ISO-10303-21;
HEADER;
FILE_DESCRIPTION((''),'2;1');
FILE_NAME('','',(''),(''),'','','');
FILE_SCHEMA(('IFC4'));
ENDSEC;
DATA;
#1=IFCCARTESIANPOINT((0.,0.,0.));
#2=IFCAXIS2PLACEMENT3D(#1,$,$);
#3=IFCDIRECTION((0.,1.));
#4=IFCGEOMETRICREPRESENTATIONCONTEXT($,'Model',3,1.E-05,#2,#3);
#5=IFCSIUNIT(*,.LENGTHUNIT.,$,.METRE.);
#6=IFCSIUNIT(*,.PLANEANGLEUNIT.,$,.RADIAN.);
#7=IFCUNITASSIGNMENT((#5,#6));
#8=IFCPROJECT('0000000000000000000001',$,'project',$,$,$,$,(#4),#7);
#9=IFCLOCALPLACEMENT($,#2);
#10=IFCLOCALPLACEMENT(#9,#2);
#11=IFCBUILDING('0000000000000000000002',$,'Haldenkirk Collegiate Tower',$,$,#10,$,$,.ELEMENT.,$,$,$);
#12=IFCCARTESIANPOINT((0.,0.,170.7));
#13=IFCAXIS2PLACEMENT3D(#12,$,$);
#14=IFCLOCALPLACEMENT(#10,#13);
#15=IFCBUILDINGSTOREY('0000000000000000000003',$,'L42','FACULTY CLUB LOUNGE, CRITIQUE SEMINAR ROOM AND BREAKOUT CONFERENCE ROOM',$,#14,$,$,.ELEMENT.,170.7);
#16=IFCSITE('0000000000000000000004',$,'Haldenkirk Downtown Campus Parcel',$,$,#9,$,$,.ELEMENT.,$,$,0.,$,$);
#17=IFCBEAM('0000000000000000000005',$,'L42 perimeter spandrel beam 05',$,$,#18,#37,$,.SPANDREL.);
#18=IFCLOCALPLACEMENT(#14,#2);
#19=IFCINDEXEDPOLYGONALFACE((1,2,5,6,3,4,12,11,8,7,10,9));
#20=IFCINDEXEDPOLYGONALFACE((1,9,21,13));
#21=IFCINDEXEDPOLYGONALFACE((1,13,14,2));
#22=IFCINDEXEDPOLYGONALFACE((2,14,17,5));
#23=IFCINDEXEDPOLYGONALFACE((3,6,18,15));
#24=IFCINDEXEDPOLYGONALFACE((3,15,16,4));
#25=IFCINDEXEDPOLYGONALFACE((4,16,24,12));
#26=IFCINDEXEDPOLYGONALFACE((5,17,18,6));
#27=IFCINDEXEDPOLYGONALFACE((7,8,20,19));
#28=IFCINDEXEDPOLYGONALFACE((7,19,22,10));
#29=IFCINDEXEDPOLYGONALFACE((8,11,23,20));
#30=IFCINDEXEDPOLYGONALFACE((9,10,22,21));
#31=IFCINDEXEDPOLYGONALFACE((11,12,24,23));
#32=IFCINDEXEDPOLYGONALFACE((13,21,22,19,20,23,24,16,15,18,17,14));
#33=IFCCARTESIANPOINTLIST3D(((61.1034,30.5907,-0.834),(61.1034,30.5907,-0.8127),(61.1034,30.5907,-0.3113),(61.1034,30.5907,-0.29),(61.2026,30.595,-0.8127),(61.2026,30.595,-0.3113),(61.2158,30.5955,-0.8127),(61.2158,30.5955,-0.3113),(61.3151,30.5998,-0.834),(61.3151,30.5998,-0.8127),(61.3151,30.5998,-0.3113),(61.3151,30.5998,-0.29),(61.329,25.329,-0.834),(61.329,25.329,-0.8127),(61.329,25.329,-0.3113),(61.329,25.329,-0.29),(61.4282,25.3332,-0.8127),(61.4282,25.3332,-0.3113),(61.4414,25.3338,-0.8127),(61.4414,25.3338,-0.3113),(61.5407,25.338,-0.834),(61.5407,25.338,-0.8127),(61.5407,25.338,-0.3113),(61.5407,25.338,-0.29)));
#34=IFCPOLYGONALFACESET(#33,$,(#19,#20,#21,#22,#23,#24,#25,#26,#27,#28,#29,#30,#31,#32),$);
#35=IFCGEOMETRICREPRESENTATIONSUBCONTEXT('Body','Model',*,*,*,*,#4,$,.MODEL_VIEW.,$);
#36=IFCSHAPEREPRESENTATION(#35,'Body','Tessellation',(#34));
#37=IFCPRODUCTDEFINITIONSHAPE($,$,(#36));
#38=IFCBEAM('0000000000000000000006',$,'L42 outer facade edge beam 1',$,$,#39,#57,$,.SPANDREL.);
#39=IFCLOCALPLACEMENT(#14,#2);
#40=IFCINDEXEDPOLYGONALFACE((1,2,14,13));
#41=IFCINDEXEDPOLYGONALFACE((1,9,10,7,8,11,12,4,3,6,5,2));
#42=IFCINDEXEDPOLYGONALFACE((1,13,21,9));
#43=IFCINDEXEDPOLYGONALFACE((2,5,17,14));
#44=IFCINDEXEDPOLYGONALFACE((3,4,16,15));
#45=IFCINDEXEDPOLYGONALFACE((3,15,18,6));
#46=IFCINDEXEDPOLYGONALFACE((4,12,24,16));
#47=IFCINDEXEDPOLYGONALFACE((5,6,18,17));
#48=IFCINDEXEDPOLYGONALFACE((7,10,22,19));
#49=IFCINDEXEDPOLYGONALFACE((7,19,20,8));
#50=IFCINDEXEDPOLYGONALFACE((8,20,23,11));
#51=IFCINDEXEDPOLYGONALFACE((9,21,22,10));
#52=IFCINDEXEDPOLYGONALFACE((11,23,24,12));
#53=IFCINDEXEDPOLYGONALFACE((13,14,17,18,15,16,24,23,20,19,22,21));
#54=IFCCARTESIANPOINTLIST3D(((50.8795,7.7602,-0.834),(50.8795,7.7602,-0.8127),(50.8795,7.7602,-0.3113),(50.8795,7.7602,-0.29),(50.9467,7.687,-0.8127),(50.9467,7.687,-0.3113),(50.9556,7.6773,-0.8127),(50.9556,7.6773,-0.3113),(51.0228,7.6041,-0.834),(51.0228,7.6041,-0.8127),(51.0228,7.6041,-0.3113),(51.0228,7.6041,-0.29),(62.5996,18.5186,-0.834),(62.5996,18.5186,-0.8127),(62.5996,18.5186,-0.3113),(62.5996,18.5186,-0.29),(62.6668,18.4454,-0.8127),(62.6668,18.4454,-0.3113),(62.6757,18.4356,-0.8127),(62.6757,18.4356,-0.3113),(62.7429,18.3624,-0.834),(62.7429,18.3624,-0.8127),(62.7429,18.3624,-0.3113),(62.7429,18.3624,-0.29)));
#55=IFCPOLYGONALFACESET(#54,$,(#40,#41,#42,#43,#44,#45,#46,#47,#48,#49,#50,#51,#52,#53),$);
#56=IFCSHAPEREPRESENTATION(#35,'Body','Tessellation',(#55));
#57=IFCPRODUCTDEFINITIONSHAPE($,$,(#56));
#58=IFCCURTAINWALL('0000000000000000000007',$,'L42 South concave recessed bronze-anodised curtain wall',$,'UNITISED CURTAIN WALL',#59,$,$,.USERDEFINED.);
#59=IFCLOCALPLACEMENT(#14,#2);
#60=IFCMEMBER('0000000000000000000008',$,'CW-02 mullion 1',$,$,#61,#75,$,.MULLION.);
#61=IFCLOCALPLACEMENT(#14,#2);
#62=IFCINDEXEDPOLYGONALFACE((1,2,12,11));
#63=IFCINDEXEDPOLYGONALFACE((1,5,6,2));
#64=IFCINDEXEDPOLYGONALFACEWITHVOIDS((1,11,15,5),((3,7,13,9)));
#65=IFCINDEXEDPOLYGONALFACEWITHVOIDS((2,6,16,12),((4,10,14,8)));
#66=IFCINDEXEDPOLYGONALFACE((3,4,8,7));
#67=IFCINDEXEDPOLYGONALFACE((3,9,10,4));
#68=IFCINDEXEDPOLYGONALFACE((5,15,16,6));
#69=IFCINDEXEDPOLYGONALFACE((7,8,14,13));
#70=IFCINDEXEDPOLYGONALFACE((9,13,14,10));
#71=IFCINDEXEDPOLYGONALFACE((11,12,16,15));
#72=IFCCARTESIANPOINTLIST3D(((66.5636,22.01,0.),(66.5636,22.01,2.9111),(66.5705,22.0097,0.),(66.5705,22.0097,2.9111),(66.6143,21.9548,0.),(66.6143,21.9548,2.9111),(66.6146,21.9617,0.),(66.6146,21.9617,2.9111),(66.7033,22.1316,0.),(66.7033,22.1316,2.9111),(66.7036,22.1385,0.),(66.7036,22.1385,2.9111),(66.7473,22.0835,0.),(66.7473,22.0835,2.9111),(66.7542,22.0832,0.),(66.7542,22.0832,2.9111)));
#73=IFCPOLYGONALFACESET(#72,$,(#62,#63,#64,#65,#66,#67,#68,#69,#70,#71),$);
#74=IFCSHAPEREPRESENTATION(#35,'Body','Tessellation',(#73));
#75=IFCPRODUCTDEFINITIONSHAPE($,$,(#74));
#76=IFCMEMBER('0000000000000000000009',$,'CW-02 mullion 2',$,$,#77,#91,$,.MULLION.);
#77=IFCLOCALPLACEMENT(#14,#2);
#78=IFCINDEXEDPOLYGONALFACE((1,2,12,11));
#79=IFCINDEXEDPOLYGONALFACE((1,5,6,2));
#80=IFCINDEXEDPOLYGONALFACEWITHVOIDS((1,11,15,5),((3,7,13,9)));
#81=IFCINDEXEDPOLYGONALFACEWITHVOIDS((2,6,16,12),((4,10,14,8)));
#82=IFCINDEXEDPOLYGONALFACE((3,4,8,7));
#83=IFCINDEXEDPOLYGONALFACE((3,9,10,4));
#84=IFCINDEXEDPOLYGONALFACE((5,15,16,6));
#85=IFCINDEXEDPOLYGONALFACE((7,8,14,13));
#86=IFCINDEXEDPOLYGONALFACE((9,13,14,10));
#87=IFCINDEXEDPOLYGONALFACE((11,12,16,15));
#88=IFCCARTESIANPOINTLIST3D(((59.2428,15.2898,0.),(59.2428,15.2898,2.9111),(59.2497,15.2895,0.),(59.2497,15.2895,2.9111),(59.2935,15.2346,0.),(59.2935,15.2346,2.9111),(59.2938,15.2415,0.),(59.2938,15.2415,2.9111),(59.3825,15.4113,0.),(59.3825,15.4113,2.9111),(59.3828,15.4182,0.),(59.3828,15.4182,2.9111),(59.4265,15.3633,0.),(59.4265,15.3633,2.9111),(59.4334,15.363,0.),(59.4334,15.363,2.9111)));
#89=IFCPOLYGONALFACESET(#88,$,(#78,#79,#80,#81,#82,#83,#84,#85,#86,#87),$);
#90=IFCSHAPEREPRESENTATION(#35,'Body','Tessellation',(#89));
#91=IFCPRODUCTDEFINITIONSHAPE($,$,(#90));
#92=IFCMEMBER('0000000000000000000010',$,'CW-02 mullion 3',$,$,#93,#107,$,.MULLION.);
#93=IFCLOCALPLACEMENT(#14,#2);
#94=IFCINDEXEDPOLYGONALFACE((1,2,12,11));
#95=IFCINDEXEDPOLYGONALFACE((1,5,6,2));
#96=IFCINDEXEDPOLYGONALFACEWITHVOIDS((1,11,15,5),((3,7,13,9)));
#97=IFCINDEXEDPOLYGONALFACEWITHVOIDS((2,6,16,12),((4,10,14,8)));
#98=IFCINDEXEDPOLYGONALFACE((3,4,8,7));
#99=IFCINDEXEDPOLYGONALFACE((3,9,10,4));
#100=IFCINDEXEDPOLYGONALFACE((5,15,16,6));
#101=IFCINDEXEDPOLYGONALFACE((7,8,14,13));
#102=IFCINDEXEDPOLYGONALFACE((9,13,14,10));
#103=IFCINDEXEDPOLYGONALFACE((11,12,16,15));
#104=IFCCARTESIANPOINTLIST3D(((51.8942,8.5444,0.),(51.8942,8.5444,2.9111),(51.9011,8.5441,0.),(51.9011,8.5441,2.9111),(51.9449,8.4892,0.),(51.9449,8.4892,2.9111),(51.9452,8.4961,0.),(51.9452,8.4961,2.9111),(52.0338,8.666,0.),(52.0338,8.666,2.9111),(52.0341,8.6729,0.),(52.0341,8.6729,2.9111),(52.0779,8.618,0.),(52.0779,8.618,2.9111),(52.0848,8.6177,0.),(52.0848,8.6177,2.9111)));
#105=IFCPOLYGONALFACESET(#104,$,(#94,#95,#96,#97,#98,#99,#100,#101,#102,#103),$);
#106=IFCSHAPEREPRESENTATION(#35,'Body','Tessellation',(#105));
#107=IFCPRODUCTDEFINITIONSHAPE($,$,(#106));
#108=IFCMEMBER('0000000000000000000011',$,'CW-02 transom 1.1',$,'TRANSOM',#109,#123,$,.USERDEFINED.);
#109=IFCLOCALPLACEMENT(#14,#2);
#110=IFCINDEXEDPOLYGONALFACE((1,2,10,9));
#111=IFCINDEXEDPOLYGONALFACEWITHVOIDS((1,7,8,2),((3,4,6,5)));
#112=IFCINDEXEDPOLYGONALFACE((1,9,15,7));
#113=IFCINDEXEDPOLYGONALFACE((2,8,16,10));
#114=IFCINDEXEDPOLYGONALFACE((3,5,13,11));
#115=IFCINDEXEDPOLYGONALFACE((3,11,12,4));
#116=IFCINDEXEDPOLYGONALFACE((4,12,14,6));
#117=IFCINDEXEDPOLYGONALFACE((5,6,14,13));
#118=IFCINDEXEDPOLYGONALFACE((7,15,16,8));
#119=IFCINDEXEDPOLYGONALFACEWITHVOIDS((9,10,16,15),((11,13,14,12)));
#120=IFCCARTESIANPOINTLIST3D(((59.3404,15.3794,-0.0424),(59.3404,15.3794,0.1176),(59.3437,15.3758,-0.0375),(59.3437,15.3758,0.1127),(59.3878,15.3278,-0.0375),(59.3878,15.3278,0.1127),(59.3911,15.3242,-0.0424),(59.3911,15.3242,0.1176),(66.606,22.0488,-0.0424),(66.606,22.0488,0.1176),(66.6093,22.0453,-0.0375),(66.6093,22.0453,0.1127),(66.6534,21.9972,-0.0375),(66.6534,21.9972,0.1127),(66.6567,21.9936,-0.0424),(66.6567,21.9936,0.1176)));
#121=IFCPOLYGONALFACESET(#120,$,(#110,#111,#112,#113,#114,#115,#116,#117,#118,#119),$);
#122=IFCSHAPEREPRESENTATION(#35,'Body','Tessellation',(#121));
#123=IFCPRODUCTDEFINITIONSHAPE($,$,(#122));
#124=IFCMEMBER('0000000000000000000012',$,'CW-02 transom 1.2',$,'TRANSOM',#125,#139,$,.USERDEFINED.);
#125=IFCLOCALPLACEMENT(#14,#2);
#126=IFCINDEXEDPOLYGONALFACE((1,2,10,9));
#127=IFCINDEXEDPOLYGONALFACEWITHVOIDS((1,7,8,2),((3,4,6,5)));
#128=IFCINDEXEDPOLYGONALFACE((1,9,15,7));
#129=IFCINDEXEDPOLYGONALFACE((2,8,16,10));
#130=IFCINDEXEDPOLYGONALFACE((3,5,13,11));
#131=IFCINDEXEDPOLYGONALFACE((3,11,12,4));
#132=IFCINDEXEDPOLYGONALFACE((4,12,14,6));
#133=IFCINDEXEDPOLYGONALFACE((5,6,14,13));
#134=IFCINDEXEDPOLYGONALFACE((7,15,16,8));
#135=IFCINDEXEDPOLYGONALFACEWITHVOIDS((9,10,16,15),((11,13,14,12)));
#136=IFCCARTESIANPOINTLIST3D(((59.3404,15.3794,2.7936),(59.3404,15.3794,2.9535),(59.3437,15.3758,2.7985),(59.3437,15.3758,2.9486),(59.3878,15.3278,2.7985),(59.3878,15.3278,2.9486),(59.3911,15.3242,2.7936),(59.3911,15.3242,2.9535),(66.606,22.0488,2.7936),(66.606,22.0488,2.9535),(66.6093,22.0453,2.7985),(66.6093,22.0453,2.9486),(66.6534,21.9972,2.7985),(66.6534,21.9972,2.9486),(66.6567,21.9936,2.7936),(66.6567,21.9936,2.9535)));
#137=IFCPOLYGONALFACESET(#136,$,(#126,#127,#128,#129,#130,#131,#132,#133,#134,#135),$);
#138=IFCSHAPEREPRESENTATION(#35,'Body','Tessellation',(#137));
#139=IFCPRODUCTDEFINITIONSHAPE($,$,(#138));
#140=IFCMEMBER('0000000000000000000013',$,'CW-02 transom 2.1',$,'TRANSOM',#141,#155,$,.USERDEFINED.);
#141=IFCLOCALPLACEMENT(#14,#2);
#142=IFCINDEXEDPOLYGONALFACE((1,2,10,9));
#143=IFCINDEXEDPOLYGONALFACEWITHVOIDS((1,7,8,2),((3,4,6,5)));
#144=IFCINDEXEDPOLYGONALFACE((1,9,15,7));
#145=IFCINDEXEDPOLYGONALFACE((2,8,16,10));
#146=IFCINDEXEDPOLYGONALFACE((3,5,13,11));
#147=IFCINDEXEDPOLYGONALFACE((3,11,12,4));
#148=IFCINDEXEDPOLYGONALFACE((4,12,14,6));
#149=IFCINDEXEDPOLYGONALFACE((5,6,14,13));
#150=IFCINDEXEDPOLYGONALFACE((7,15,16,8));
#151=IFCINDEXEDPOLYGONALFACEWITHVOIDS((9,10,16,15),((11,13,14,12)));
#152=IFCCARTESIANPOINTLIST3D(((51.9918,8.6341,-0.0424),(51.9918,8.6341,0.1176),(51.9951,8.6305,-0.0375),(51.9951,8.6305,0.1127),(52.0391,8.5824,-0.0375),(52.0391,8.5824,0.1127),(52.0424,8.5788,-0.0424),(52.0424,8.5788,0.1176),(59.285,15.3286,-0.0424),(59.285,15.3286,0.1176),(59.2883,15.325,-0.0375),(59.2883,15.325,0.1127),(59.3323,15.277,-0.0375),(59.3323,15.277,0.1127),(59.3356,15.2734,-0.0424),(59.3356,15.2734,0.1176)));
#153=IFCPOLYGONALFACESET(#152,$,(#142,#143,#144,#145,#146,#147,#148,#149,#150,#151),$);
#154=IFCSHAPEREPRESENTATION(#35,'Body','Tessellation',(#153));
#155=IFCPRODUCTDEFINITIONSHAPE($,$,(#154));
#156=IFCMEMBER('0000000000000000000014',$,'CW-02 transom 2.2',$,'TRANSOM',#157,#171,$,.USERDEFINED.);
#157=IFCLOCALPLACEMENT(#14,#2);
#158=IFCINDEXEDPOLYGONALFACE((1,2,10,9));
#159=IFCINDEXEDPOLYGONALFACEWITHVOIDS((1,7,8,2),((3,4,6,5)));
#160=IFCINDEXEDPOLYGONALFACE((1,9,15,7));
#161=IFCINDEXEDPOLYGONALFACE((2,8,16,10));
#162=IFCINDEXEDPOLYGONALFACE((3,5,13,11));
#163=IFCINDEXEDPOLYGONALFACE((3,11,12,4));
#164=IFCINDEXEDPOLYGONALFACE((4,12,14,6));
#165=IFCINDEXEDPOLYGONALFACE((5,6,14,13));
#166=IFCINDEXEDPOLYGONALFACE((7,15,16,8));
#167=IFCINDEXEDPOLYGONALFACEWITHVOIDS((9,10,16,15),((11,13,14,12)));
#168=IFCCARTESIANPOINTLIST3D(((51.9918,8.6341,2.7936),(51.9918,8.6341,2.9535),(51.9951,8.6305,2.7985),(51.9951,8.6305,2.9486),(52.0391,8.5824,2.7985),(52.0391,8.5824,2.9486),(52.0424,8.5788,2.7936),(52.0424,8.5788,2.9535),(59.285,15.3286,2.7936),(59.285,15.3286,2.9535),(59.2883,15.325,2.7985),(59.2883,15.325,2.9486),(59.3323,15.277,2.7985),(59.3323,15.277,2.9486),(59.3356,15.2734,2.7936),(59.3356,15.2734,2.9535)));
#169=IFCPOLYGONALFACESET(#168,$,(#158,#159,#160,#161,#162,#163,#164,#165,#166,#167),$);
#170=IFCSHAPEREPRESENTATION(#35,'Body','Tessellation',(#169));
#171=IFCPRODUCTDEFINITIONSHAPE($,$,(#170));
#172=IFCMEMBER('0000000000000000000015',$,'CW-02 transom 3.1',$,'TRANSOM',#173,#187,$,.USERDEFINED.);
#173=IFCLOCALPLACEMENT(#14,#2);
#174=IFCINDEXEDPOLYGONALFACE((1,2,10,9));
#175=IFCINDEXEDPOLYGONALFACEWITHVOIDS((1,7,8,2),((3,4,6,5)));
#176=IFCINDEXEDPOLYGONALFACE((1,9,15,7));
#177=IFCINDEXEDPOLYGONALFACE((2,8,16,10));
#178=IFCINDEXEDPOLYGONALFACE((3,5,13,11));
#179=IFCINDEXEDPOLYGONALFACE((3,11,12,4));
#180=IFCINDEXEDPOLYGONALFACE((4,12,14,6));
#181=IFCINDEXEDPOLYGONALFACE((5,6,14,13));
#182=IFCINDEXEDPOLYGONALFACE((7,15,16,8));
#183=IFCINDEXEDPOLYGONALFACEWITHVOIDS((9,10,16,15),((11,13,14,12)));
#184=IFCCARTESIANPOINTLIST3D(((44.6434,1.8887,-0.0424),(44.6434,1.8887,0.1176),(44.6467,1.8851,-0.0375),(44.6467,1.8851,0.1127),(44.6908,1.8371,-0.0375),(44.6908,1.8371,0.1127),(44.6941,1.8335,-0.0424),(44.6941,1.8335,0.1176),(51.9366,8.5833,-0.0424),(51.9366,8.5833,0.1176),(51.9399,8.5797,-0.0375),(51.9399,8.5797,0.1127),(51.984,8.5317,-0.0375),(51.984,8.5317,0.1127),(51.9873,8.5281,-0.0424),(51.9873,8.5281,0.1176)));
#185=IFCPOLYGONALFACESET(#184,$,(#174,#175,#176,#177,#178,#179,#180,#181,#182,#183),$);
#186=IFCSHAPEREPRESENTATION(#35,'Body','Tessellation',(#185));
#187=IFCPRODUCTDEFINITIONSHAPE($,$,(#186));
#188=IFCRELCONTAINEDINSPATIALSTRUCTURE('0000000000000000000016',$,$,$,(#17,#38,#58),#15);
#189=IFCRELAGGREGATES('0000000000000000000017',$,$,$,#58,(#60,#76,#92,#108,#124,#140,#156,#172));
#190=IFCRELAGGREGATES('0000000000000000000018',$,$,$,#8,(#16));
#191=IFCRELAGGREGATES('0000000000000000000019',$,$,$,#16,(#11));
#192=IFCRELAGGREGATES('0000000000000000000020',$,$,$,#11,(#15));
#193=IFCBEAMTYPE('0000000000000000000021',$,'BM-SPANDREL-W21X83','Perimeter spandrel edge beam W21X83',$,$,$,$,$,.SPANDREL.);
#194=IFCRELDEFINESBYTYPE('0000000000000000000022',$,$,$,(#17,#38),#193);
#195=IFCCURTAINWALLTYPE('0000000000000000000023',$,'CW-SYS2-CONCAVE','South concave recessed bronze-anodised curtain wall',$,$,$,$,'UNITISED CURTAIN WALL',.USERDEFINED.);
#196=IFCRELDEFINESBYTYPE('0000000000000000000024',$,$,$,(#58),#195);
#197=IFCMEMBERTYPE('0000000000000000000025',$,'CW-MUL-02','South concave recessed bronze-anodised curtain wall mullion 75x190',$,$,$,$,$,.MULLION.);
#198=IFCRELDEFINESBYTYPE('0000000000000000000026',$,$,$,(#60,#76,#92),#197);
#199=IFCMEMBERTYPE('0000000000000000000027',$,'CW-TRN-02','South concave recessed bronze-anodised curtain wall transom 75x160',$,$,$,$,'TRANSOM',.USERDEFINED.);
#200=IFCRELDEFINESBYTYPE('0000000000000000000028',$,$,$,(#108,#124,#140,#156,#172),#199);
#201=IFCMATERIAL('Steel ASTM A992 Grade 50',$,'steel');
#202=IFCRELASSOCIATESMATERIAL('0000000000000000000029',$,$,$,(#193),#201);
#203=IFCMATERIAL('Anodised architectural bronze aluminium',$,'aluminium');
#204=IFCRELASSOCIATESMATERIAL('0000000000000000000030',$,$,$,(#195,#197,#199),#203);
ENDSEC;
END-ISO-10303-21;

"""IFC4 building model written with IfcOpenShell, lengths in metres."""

from ifc_helpers import new_model, si_unit, direction, frame, origin, origin_2d, place, context, subcontext, project, spatial, hollow_rectangle, i_section, extrude, material, material_profile, profile_set, type_object, element, aggregate, save


model = new_model("IFC4")

# Units and contexts
model_context = context("Model", 3, precision=1e-05, world=origin(), true_north=direction((0.0, 1.0)))
body_context = subcontext(model_context, "Body", "Model", "MODEL_VIEW")
ifc_project = project(units=[si_unit("LENGTHUNIT", "METRE"), si_unit("PLANEANGLEUNIT", "RADIAN")], contexts=[model_context])

# Site, building, storey
site_placement = place(None, origin())
site = spatial("IfcSite", under=ifc_project, at=site_placement, Name="Haldenkirk Downtown Campus Parcel", CompositionType="ELEMENT", RefElevation=0.0)
building_placement = place(site_placement, origin())
building = spatial("IfcBuilding", under=site, at=building_placement, Name="Haldenkirk Collegiate Tower", CompositionType="ELEMENT")
storey_placement = place(building_placement, frame((0.0, 0.0, 170.7)))
storey = spatial("IfcBuildingStorey", under=building, at=storey_placement, Name="L42", Description="FACULTY CLUB LOUNGE, CRITIQUE SEMINAR ROOM AND BREAKOUT CONFERENCE ROOM", CompositionType="ELEMENT", Elevation=170.7)

# Beams
ifc_material_1 = material(Name="Steel ASTM A992 Grade 50", Category="steel")
ifc_material_profile_1 = material_profile(ifc_material_1, i_section(OverallWidth=0.2119, OverallDepth=0.5439, WebThickness=0.0132, FlangeThickness=0.0212, at=origin_2d()), Name="W21X83")
ifc_profile_set_1 = profile_set([ifc_material_profile_1], Name="Steel ASTM A992 Grade 50")
beam_type_1 = type_object("IfcBeamType", Name="BM-SPANDREL-W21X83", Description="Perimeter spandrel edge beam W21X83", PredefinedType="SPANDREL", material=ifc_profile_set_1)
beam_1_placement = place(storey_placement, frame((61.4348, 25.3335, -0.562), z_axis=(-0.042834, 0.999082, 0.0), x_axis=(-0.999082, -0.042834, 0.0)))
element("IfcBeam", 1, at=beam_1_placement, inside=storey, type_object=beam_type_1, Name="L42 perimeter spandrel beam 05", PredefinedType="SPANDREL", context=body_context, shape_type="SweptSolid", body=[
    extrude(i_section(OverallWidth=0.2119, OverallDepth=0.5439, WebThickness=0.0132, FlangeThickness=0.0212, at=origin_2d()), origin(), (0.0, 0.0, 1.0), 5.2666),
])
beam_2_placement = place(storey_placement, frame((50.9512, 7.6821, -0.562), z_axis=(0.736684, 0.676237, 0.0), x_axis=(-0.676237, 0.736684, 0.0)))
element("IfcBeam", 2, at=beam_2_placement, inside=storey, type_object=beam_type_1, Name="L42 outer facade edge beam 1", PredefinedType="SPANDREL", context=body_context, shape_type="SweptSolid", body=[
    extrude(i_section(OverallWidth=0.2119, OverallDepth=0.5439, WebThickness=0.0132, FlangeThickness=0.0212, at=origin_2d()), origin(), (0.0, 0.0, 1.0), 15.9092),
])

# Curtain wall, members
ifc_material_2 = material(Name="Anodised architectural bronze aluminium", Category="aluminium")
curtain_wall_type = type_object("IfcCurtainWallType", Name="CW-SYS2-CONCAVE", Description="South concave recessed bronze-anodised curtain wall", ElementType="UNITISED CURTAIN WALL", PredefinedType="USERDEFINED", material=ifc_material_2)
curtain_wall_placement = place(storey_placement, origin())
curtain_wall = element("IfcCurtainWall", 3, at=curtain_wall_placement, inside=storey, type_object=curtain_wall_type, Name="L42 South concave recessed bronze-anodised curtain wall", ObjectType="UNITISED CURTAIN WALL", PredefinedType="USERDEFINED")
ifc_material_profile_2 = material_profile(ifc_material_2, hollow_rectangle(XDim=0.075, YDim=0.1899, WallThickness=0.0049, at=origin_2d()), Name="CW-MUL-02")
ifc_profile_set_2 = profile_set([ifc_material_profile_2], Name="Anodised architectural bronze aluminium")
member_type_1 = type_object("IfcMemberType", Name="CW-MUL-02", Description="South concave recessed bronze-anodised curtain wall mullion 75x190", PredefinedType="MULLION", material=ifc_profile_set_2)
member_1_placement = place(storey_placement, frame((66.6589, 22.0466, 0.0), z_axis=(0.0, 0.0, 1.0), x_axis=(0.676232, -0.736688, 0.0)))
member_1 = element("IfcMember", 4, at=member_1_placement, type_object=member_type_1, Name="CW-02 mullion 1", PredefinedType="MULLION", context=body_context, shape_type="SweptSolid", body=[
    extrude(hollow_rectangle(XDim=0.075, YDim=0.1899, WallThickness=0.0049, at=origin_2d()), origin(), (0.0, 0.0, 1.0), 2.9111),
])
member_2_placement = place(storey_placement, frame((59.3381, 15.3264, 0.0), z_axis=(0.0, 0.0, 1.0), x_axis=(0.676232, -0.736688, 0.0)))
member_2 = element("IfcMember", 5, at=member_2_placement, type_object=member_type_1, Name="CW-02 mullion 2", PredefinedType="MULLION", context=body_context, shape_type="SweptSolid", body=[
    extrude(hollow_rectangle(XDim=0.075, YDim=0.1899, WallThickness=0.0049, at=origin_2d()), origin(), (0.0, 0.0, 1.0), 2.9111),
])
member_3_placement = place(storey_placement, frame((51.9895, 8.5811, 0.0), z_axis=(0.0, 0.0, 1.0), x_axis=(0.676232, -0.736688, 0.0)))
member_3 = element("IfcMember", 6, at=member_3_placement, type_object=member_type_1, Name="CW-02 mullion 3", PredefinedType="MULLION", context=body_context, shape_type="SweptSolid", body=[
    extrude(hollow_rectangle(XDim=0.075, YDim=0.1899, WallThickness=0.0049, at=origin_2d()), origin(), (0.0, 0.0, 1.0), 2.9111),
])
ifc_material_profile_3 = material_profile(ifc_material_2, hollow_rectangle(XDim=0.075, YDim=0.1599, WallThickness=0.0049, at=origin_2d()), Name="CW-TRN-02")
ifc_profile_set_3 = profile_set([ifc_material_profile_3], Name="Anodised architectural bronze aluminium")
member_type_2 = type_object("IfcMemberType", Name="CW-TRN-02", Description="South concave recessed bronze-anodised curtain wall transom 75x160", ElementType="TRANSOM", PredefinedType="USERDEFINED", material=ifc_profile_set_3)
member_4_placement = place(storey_placement, frame((66.6313, 22.0212, 0.0376), z_axis=(-0.736685, -0.676236, 0.0), x_axis=(0.676236, -0.736685, 0.0)))
member_4 = element("IfcMember", 7, at=member_4_placement, type_object=member_type_2, Name="CW-02 transom 1.1", ObjectType="TRANSOM", PredefinedType="USERDEFINED", context=body_context, shape_type="SweptSolid", body=[
    extrude(hollow_rectangle(XDim=0.075, YDim=0.1599, WallThickness=0.0049, at=origin_2d()), origin(), (0.0, 0.0, 1.0), 9.8625),
])
member_5_placement = place(storey_placement, frame((66.6313, 22.0212, 2.8735), z_axis=(-0.736685, -0.676236, 0.0), x_axis=(0.676236, -0.736685, 0.0)))
member_5 = element("IfcMember", 8, at=member_5_placement, type_object=member_type_2, Name="CW-02 transom 1.2", ObjectType="TRANSOM", PredefinedType="USERDEFINED", context=body_context, shape_type="SweptSolid", body=[
    extrude(hollow_rectangle(XDim=0.075, YDim=0.1599, WallThickness=0.0049, at=origin_2d()), origin(), (0.0, 0.0, 1.0), 9.8625),
])
member_6_placement = place(storey_placement, frame((59.3103, 15.301, 0.0376), z_axis=(-0.736694, -0.676226, 0.0), x_axis=(0.676226, -0.736694, 0.0)))
member_6 = element("IfcMember", 9, at=member_6_placement, type_object=member_type_2, Name="CW-02 transom 2.1", ObjectType="TRANSOM", PredefinedType="USERDEFINED", context=body_context, shape_type="SweptSolid", body=[
    extrude(hollow_rectangle(XDim=0.075, YDim=0.1599, WallThickness=0.0049, at=origin_2d()), origin(), (0.0, 0.0, 1.0), 9.8999),
])
member_7_placement = place(storey_placement, frame((59.3103, 15.301, 2.8735), z_axis=(-0.736694, -0.676226, 0.0), x_axis=(0.676226, -0.736694, 0.0)))
member_7 = element("IfcMember", 10, at=member_7_placement, type_object=member_type_2, Name="CW-02 transom 2.2", ObjectType="TRANSOM", PredefinedType="USERDEFINED", context=body_context, shape_type="SweptSolid", body=[
    extrude(hollow_rectangle(XDim=0.075, YDim=0.1599, WallThickness=0.0049, at=origin_2d()), origin(), (0.0, 0.0, 1.0), 9.8999),
])
member_8_placement = place(storey_placement, frame((51.9619, 8.5557, 0.0376), z_axis=(-0.736694, -0.676226, 0.0), x_axis=(0.676226, -0.736694, 0.0)))
member_8 = element("IfcMember", 11, at=member_8_placement, type_object=member_type_2, Name="CW-02 transom 3.1", ObjectType="TRANSOM", PredefinedType="USERDEFINED", context=body_context, shape_type="SweptSolid", body=[
    extrude(hollow_rectangle(XDim=0.075, YDim=0.1599, WallThickness=0.0049, at=origin_2d()), origin(), (0.0, 0.0, 1.0), 9.8999),
])

aggregate(curtain_wall, [member_1, member_2, member_3, member_4, member_5, member_6, member_7, member_8])

save(model, "model.ifc")
